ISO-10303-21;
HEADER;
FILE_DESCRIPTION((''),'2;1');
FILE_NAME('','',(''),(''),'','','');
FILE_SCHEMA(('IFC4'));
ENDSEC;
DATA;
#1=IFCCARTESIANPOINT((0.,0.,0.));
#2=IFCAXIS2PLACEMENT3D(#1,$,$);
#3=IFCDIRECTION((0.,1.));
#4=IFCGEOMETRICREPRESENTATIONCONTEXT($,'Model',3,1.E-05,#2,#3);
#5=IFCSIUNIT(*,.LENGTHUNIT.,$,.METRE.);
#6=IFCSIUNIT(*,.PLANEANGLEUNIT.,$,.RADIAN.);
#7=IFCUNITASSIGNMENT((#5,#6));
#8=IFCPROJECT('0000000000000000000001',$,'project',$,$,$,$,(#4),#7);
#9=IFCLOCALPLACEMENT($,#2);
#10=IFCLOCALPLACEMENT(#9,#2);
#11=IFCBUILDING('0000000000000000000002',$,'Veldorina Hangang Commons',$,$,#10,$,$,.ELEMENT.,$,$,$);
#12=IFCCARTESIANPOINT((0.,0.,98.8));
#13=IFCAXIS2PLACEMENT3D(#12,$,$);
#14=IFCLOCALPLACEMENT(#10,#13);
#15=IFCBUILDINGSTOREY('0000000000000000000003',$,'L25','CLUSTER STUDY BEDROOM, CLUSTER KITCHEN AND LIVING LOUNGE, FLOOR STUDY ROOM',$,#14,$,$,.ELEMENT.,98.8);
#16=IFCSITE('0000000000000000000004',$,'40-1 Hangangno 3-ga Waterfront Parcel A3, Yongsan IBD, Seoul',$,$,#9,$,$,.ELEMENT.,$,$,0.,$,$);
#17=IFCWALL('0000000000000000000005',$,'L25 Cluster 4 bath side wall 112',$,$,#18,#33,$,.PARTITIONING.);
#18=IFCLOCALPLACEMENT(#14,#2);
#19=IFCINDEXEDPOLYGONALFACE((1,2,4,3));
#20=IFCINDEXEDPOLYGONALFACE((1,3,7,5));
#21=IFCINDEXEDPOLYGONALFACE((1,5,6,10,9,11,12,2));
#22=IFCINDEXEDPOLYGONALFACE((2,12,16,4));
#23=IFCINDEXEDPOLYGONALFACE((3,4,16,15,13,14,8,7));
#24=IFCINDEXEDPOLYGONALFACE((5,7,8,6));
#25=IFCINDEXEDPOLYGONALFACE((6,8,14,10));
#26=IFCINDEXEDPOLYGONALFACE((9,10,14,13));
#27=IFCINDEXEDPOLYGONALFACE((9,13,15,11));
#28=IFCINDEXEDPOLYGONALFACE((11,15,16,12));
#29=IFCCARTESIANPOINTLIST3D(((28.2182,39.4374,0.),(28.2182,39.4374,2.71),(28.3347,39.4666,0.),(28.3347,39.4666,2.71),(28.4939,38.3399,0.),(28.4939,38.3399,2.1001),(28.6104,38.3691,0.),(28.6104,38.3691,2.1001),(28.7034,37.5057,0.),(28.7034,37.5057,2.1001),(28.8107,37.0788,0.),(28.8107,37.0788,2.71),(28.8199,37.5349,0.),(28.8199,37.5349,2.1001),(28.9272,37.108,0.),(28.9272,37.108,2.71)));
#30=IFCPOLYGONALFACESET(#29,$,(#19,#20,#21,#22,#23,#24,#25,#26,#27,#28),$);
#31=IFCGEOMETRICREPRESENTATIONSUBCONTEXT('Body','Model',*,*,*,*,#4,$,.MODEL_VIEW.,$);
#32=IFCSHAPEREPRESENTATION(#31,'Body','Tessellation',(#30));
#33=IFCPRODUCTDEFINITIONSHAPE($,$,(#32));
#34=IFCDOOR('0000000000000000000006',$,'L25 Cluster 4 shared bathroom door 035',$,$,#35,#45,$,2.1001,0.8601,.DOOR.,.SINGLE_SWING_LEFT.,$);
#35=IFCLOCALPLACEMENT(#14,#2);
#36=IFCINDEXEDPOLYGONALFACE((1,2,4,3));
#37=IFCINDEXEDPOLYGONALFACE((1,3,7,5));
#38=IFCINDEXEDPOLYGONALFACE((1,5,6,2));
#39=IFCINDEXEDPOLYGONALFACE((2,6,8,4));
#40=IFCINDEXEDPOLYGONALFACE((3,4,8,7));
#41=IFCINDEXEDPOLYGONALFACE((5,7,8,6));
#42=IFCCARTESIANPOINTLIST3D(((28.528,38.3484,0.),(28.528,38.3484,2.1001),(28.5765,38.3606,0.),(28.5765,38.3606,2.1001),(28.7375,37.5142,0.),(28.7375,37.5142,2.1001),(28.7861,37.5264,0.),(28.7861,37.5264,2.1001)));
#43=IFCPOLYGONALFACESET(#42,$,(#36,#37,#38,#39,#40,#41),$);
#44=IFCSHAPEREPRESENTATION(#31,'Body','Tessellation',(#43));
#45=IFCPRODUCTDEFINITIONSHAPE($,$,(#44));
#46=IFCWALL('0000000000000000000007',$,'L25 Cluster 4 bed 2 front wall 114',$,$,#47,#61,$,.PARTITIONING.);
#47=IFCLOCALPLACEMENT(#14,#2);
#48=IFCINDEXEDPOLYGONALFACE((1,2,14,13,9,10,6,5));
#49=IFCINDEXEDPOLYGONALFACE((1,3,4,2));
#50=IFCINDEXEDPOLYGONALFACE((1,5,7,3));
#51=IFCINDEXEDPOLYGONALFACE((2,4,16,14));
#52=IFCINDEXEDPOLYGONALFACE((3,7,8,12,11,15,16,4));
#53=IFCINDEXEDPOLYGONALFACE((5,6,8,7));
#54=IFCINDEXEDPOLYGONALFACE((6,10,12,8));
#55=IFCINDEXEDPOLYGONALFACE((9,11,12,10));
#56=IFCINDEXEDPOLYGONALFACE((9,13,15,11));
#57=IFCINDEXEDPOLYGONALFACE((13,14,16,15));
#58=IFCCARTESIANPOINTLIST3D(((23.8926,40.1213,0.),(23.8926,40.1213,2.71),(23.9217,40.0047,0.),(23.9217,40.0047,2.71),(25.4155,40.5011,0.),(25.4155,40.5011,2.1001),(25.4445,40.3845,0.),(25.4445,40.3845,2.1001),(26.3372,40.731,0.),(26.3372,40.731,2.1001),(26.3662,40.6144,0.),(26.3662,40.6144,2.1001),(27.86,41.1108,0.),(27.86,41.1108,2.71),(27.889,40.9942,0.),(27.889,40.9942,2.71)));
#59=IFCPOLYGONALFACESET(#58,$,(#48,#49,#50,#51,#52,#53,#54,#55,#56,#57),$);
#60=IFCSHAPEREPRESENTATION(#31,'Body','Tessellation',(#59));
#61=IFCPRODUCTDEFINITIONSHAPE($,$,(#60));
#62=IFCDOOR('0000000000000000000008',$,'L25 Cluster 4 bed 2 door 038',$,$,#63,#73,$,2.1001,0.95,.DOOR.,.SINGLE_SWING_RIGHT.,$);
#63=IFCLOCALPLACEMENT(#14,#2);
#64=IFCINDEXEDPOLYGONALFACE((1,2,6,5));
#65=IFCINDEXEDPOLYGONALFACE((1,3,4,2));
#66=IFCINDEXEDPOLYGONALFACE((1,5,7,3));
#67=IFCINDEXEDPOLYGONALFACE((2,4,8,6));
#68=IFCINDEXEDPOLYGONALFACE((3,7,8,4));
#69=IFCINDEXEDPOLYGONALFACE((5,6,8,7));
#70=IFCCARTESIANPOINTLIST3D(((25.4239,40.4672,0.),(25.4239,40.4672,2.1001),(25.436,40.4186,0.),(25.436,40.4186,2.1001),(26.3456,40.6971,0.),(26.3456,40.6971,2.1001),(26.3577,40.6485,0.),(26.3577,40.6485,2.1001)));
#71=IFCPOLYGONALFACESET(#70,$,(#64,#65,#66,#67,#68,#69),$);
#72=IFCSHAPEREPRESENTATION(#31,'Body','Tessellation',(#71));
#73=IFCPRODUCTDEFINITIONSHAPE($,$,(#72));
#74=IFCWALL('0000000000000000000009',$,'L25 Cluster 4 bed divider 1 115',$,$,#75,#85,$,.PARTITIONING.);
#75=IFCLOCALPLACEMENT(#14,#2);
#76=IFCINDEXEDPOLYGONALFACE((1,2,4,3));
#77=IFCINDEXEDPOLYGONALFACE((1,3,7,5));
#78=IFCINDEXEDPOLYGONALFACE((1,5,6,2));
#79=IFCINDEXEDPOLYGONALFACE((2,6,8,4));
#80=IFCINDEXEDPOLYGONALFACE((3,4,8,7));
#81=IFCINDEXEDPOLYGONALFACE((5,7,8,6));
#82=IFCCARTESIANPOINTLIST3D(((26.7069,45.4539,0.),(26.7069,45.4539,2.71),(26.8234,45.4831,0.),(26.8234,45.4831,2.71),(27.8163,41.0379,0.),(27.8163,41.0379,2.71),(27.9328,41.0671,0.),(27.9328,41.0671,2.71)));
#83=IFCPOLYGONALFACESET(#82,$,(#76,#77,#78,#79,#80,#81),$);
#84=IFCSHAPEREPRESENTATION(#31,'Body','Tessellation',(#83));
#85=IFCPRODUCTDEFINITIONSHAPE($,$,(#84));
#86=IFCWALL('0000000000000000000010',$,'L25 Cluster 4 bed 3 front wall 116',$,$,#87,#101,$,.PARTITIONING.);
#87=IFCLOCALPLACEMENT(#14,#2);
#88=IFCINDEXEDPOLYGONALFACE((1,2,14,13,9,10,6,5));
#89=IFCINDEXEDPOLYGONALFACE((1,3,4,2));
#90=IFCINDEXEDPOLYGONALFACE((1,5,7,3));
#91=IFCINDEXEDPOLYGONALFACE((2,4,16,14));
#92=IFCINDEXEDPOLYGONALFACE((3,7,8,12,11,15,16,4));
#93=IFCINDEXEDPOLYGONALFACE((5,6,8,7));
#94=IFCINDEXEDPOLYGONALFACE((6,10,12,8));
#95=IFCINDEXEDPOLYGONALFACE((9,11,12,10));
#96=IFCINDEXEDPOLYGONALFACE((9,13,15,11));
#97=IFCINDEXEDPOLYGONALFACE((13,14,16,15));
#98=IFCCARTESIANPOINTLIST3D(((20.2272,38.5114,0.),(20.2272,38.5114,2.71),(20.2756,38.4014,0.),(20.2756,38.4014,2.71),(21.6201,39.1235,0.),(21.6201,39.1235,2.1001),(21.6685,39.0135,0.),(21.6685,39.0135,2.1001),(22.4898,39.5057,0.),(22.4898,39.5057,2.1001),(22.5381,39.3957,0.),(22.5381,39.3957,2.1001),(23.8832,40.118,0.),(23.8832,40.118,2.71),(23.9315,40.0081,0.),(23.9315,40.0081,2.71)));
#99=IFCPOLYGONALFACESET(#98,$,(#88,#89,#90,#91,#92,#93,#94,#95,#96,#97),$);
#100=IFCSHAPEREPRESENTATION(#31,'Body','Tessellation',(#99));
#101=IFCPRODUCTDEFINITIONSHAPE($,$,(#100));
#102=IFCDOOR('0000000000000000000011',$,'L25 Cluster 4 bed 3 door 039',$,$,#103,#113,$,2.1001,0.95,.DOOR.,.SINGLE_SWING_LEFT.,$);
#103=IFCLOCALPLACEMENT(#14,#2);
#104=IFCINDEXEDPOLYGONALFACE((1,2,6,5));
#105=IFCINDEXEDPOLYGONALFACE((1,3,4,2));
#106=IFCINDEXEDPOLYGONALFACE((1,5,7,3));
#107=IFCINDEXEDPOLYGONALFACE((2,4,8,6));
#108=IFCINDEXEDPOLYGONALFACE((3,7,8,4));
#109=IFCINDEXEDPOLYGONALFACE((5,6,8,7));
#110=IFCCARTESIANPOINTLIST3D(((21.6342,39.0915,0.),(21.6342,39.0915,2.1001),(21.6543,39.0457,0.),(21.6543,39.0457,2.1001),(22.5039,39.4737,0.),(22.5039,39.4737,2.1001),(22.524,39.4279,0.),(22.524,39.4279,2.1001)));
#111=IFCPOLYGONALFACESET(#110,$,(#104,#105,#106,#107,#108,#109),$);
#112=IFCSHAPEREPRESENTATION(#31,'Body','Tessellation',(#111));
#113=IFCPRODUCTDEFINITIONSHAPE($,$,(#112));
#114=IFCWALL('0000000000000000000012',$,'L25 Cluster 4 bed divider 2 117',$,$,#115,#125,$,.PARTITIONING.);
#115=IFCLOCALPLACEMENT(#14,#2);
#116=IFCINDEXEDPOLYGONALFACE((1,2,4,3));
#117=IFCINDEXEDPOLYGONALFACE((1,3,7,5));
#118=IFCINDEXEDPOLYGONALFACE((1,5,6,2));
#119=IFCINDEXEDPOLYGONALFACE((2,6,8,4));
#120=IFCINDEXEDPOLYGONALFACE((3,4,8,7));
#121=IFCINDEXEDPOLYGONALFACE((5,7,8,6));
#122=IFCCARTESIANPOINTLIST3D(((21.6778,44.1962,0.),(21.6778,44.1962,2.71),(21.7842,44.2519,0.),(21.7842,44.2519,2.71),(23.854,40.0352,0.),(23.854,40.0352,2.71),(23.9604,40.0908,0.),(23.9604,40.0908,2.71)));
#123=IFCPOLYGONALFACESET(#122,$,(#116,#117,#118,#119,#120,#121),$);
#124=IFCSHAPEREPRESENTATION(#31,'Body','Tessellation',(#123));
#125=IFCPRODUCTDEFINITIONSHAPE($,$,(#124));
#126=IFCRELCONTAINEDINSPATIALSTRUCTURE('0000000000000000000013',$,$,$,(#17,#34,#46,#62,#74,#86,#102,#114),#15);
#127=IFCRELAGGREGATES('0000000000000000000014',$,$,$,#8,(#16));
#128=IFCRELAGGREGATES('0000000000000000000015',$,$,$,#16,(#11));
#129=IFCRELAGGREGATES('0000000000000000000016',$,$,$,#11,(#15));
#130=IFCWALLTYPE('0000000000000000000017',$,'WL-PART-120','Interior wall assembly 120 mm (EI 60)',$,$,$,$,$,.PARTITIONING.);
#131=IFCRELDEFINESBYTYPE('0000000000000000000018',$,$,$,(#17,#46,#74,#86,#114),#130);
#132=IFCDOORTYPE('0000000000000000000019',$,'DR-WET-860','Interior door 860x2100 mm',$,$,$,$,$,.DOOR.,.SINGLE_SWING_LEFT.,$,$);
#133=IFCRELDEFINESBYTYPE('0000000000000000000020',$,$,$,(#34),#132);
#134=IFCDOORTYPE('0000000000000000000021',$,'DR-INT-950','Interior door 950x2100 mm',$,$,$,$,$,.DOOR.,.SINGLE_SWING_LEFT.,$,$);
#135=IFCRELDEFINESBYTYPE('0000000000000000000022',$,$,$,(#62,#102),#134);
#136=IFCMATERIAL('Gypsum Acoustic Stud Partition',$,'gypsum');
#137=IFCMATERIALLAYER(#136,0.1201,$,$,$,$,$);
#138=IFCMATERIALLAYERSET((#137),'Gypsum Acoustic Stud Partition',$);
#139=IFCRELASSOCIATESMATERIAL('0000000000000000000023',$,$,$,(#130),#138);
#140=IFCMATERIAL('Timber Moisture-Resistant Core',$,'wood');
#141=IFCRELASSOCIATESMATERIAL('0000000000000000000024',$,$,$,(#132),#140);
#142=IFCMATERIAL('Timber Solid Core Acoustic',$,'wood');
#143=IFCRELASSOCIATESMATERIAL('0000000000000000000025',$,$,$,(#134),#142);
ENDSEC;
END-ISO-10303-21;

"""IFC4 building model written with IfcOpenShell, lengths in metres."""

from ifc_helpers import new_model, si_unit, direction, frame, frame_2d, origin, place, context, subcontext, project, spatial, rectangle, extrude, material, layer, layer_set, type_object, element, fill, save


model = new_model("IFC4")

# Units and contexts
model_context = context("Model", 3, precision=1e-05, world=origin(), true_north=direction((0.0, 1.0)))
body_context = subcontext(model_context, "Body", "Model", "MODEL_VIEW")
ifc_project = project(units=[si_unit("LENGTHUNIT", "METRE"), si_unit("PLANEANGLEUNIT", "RADIAN")], contexts=[model_context])

# Site, building, storey
site_placement = place(None, origin())
site = spatial("IfcSite", under=ifc_project, at=site_placement, Name="40-1 Hangangno 3-ga Waterfront Parcel A3, Yongsan IBD, Seoul", CompositionType="ELEMENT", RefElevation=0.0)
building_placement = place(site_placement, origin())
building = spatial("IfcBuilding", under=site, at=building_placement, Name="Veldorina Hangang Commons", CompositionType="ELEMENT")
storey_placement = place(building_placement, frame((0.0, 0.0, 98.8)))
storey = spatial("IfcBuildingStorey", under=building, at=storey_placement, Name="L25", Description="CLUSTER STUDY BEDROOM, CLUSTER KITCHEN AND LIVING LOUNGE, FLOOR STUDY ROOM", CompositionType="ELEMENT", Elevation=98.8)

# Walls, openings, doors
ifc_material_1 = material(Name="Gypsum Acoustic Stud Partition", Category="gypsum")
ifc_layer_1 = layer(ifc_material_1, 0.1201)
ifc_layer_set_1 = layer_set([ifc_layer_1], Name="Gypsum Acoustic Stud Partition")
wall_type_1 = type_object("IfcWallType", Name="WL-PART-120", Description="Interior wall assembly 120 mm (EI 60)", PredefinedType="PARTITIONING", material=ifc_layer_set_1)
wall_1_placement = place(storey_placement, frame((28.8689, 37.0935, 0.0), z_axis=(0.0, 0.0, 1.0), x_axis=(-0.243646, 0.969864, 0.0)))
wall_1 = element("IfcWall", 1, at=wall_1_placement, inside=storey, type_object=wall_type_1, Name="L25 Cluster 4 bath side wall 112", PredefinedType="PARTITIONING", context=body_context, shape_type="SweptSolid", body=[
    extrude(rectangle(XDim=2.4319, YDim=0.1201, at=frame_2d((1.2158, 0.0))), origin(), (0.0, 0.0, 1.0), 2.71),
])
opening_1_placement = place(wall_1_placement, frame((0.4399, 0.0, 0.0)))
opening_1 = element("IfcOpeningElement", 2, at=opening_1_placement, cuts=wall_1, PredefinedType="OPENING", context=body_context, shape_type="SweptSolid", body=[
    extrude(rectangle(XDim=0.8601, YDim=2.1001, at=frame_2d((0.4302, 1.05))), frame((0.0, 0.0701, 0.0), z_axis=(0.0, -1.0, 0.0), x_axis=(1.0, 0.0, 0.0)), (0.0, 0.0, 1.0), 0.1401),
])
ifc_material_2 = material(Name="Timber Moisture-Resistant Core", Category="wood")
door_type_1 = type_object("IfcDoorType", Name="DR-WET-860", Description="Interior door 860x2100 mm", OperationType="SINGLE_SWING_LEFT", PredefinedType="DOOR", material=ifc_material_2)
door_1_placement = place(opening_1_placement, origin())
door_1 = element("IfcDoor", 3, at=door_1_placement, inside=storey, type_object=door_type_1, Name="L25 Cluster 4 shared bathroom door 035", OperationType="SINGLE_SWING_LEFT", OverallHeight=2.1001, OverallWidth=0.8601, PredefinedType="DOOR", context=body_context, shape_type="SweptSolid", body=[
    extrude(rectangle(XDim=0.8601, YDim=2.1001, at=frame_2d((0.4302, 1.05))), frame((0.0, 0.0249, 0.0), z_axis=(0.0, -1.0, 0.0), x_axis=(1.0, 0.0, 0.0)), (0.0, 0.0, 1.0), 0.05),
])
fill(opening_1, door_1)
wall_2_placement = place(storey_placement, frame((27.8745, 41.0525, 0.0), z_axis=(0.0, 0.0, 1.0), x_axis=(-0.970276, -0.242002, 0.0)))
wall_2 = element("IfcWall", 4, at=wall_2_placement, inside=storey, type_object=wall_type_1, Name="L25 Cluster 4 bed 2 front wall 114", PredefinedType="PARTITIONING", context=body_context, shape_type="SweptSolid", body=[
    extrude(rectangle(XDim=4.0889, YDim=0.1201, at=frame_2d((2.0444, 0.0))), origin(), (0.0, 0.0, 1.0), 2.71),
])
opening_2_placement = place(wall_2_placement, frame((1.5693, 0.0, 0.0)))
opening_2 = element("IfcOpeningElement", 5, at=opening_2_placement, cuts=wall_2, PredefinedType="OPENING", context=body_context, shape_type="SweptSolid", body=[
    extrude(rectangle(XDim=0.95, YDim=2.1001, at=frame_2d((0.4751, 1.05))), frame((0.0, 0.0701, 0.0), z_axis=(0.0, -1.0, 0.0), x_axis=(1.0, 0.0, 0.0)), (0.0, 0.0, 1.0), 0.1401),
])
ifc_material_3 = material(Name="Timber Solid Core Acoustic", Category="wood")
door_type_2 = type_object("IfcDoorType", Name="DR-INT-950", Description="Interior door 950x2100 mm", OperationType="SINGLE_SWING_LEFT", PredefinedType="DOOR", material=ifc_material_3)
door_2_placement = place(opening_2_placement, origin())
door_2 = element("IfcDoor", 6, at=door_2_placement, inside=storey, type_object=door_type_2, Name="L25 Cluster 4 bed 2 door 038", OperationType="SINGLE_SWING_RIGHT", OverallHeight=2.1001, OverallWidth=0.95, PredefinedType="DOOR", context=body_context, shape_type="SweptSolid", body=[
    extrude(rectangle(XDim=0.95, YDim=2.1001, at=frame_2d((0.4751, 1.05))), frame((0.0, 0.0249, 0.0), z_axis=(0.0, -1.0, 0.0), x_axis=(1.0, 0.0, 0.0)), (0.0, 0.0, 1.0), 0.05),
])
fill(opening_2, door_2)

# Wall
wall_3_placement = place(storey_placement, frame((27.8745, 41.0525, 0.0), z_axis=(0.0, 0.0, 1.0), x_axis=(-0.243646, 0.969864, 0.0)))
element("IfcWall", 7, at=wall_3_placement, inside=storey, type_object=wall_type_1, Name="L25 Cluster 4 bed divider 1 115", PredefinedType="PARTITIONING", context=body_context, shape_type="SweptSolid", body=[
    extrude(rectangle(XDim=4.5532, YDim=0.1201, at=frame_2d((2.2766, 0.0))), origin(), (0.0, 0.0, 1.0), 2.71),
])

# Wall, opening, door
wall_4_placement = place(storey_placement, frame((23.9072, 40.063, 0.0), z_axis=(0.0, 0.0, 1.0), x_axis=(-0.915495, -0.402329, 0.0)))
wall_4 = element("IfcWall", 8, at=wall_4_placement, inside=storey, type_object=wall_type_1, Name="L25 Cluster 4 bed 3 front wall 116", PredefinedType="PARTITIONING", context=body_context, shape_type="SweptSolid", body=[
    extrude(rectangle(XDim=3.9934, YDim=0.1201, at=frame_2d((1.9966, 0.0))), origin(), (0.0, 0.0, 1.0), 2.71),
])
opening_3_placement = place(wall_4_placement, frame((1.5217, 0.0, 0.0)))
opening_3 = element("IfcOpeningElement", 9, at=opening_3_placement, cuts=wall_4, PredefinedType="OPENING", context=body_context, shape_type="SweptSolid", body=[
    extrude(rectangle(XDim=0.95, YDim=2.1001, at=frame_2d((0.4751, 1.05))), frame((0.0, 0.0701, 0.0), z_axis=(0.0, -1.0, 0.0), x_axis=(1.0, 0.0, 0.0)), (0.0, 0.0, 1.0), 0.1401),
])
door_3_placement = place(opening_3_placement, origin())
door_3 = element("IfcDoor", 10, at=door_3_placement, inside=storey, type_object=door_type_2, Name="L25 Cluster 4 bed 3 door 039", OperationType="SINGLE_SWING_LEFT", OverallHeight=2.1001, OverallWidth=0.95, PredefinedType="DOOR", context=body_context, shape_type="SweptSolid", body=[
    extrude(rectangle(XDim=0.95, YDim=2.1001, at=frame_2d((0.4751, 1.05))), frame((0.0, 0.0249, 0.0), z_axis=(0.0, -1.0, 0.0), x_axis=(1.0, 0.0, 0.0)), (0.0, 0.0, 1.0), 0.05),
])
fill(opening_3, door_3)

# Wall
wall_5_placement = place(storey_placement, frame((23.9072, 40.063, 0.0), z_axis=(0.0, 0.0, 1.0), x_axis=(-0.463444, 0.886126, 0.0)))
element("IfcWall", 11, at=wall_5_placement, inside=storey, type_object=wall_type_1, Name="L25 Cluster 4 bed divider 2 117", PredefinedType="PARTITIONING", context=body_context, shape_type="SweptSolid", body=[
    extrude(rectangle(XDim=4.6958, YDim=0.1201, at=frame_2d((2.3479, 0.0))), origin(), (0.0, 0.0, 1.0), 2.71),
])

save(model, "model.ifc")
